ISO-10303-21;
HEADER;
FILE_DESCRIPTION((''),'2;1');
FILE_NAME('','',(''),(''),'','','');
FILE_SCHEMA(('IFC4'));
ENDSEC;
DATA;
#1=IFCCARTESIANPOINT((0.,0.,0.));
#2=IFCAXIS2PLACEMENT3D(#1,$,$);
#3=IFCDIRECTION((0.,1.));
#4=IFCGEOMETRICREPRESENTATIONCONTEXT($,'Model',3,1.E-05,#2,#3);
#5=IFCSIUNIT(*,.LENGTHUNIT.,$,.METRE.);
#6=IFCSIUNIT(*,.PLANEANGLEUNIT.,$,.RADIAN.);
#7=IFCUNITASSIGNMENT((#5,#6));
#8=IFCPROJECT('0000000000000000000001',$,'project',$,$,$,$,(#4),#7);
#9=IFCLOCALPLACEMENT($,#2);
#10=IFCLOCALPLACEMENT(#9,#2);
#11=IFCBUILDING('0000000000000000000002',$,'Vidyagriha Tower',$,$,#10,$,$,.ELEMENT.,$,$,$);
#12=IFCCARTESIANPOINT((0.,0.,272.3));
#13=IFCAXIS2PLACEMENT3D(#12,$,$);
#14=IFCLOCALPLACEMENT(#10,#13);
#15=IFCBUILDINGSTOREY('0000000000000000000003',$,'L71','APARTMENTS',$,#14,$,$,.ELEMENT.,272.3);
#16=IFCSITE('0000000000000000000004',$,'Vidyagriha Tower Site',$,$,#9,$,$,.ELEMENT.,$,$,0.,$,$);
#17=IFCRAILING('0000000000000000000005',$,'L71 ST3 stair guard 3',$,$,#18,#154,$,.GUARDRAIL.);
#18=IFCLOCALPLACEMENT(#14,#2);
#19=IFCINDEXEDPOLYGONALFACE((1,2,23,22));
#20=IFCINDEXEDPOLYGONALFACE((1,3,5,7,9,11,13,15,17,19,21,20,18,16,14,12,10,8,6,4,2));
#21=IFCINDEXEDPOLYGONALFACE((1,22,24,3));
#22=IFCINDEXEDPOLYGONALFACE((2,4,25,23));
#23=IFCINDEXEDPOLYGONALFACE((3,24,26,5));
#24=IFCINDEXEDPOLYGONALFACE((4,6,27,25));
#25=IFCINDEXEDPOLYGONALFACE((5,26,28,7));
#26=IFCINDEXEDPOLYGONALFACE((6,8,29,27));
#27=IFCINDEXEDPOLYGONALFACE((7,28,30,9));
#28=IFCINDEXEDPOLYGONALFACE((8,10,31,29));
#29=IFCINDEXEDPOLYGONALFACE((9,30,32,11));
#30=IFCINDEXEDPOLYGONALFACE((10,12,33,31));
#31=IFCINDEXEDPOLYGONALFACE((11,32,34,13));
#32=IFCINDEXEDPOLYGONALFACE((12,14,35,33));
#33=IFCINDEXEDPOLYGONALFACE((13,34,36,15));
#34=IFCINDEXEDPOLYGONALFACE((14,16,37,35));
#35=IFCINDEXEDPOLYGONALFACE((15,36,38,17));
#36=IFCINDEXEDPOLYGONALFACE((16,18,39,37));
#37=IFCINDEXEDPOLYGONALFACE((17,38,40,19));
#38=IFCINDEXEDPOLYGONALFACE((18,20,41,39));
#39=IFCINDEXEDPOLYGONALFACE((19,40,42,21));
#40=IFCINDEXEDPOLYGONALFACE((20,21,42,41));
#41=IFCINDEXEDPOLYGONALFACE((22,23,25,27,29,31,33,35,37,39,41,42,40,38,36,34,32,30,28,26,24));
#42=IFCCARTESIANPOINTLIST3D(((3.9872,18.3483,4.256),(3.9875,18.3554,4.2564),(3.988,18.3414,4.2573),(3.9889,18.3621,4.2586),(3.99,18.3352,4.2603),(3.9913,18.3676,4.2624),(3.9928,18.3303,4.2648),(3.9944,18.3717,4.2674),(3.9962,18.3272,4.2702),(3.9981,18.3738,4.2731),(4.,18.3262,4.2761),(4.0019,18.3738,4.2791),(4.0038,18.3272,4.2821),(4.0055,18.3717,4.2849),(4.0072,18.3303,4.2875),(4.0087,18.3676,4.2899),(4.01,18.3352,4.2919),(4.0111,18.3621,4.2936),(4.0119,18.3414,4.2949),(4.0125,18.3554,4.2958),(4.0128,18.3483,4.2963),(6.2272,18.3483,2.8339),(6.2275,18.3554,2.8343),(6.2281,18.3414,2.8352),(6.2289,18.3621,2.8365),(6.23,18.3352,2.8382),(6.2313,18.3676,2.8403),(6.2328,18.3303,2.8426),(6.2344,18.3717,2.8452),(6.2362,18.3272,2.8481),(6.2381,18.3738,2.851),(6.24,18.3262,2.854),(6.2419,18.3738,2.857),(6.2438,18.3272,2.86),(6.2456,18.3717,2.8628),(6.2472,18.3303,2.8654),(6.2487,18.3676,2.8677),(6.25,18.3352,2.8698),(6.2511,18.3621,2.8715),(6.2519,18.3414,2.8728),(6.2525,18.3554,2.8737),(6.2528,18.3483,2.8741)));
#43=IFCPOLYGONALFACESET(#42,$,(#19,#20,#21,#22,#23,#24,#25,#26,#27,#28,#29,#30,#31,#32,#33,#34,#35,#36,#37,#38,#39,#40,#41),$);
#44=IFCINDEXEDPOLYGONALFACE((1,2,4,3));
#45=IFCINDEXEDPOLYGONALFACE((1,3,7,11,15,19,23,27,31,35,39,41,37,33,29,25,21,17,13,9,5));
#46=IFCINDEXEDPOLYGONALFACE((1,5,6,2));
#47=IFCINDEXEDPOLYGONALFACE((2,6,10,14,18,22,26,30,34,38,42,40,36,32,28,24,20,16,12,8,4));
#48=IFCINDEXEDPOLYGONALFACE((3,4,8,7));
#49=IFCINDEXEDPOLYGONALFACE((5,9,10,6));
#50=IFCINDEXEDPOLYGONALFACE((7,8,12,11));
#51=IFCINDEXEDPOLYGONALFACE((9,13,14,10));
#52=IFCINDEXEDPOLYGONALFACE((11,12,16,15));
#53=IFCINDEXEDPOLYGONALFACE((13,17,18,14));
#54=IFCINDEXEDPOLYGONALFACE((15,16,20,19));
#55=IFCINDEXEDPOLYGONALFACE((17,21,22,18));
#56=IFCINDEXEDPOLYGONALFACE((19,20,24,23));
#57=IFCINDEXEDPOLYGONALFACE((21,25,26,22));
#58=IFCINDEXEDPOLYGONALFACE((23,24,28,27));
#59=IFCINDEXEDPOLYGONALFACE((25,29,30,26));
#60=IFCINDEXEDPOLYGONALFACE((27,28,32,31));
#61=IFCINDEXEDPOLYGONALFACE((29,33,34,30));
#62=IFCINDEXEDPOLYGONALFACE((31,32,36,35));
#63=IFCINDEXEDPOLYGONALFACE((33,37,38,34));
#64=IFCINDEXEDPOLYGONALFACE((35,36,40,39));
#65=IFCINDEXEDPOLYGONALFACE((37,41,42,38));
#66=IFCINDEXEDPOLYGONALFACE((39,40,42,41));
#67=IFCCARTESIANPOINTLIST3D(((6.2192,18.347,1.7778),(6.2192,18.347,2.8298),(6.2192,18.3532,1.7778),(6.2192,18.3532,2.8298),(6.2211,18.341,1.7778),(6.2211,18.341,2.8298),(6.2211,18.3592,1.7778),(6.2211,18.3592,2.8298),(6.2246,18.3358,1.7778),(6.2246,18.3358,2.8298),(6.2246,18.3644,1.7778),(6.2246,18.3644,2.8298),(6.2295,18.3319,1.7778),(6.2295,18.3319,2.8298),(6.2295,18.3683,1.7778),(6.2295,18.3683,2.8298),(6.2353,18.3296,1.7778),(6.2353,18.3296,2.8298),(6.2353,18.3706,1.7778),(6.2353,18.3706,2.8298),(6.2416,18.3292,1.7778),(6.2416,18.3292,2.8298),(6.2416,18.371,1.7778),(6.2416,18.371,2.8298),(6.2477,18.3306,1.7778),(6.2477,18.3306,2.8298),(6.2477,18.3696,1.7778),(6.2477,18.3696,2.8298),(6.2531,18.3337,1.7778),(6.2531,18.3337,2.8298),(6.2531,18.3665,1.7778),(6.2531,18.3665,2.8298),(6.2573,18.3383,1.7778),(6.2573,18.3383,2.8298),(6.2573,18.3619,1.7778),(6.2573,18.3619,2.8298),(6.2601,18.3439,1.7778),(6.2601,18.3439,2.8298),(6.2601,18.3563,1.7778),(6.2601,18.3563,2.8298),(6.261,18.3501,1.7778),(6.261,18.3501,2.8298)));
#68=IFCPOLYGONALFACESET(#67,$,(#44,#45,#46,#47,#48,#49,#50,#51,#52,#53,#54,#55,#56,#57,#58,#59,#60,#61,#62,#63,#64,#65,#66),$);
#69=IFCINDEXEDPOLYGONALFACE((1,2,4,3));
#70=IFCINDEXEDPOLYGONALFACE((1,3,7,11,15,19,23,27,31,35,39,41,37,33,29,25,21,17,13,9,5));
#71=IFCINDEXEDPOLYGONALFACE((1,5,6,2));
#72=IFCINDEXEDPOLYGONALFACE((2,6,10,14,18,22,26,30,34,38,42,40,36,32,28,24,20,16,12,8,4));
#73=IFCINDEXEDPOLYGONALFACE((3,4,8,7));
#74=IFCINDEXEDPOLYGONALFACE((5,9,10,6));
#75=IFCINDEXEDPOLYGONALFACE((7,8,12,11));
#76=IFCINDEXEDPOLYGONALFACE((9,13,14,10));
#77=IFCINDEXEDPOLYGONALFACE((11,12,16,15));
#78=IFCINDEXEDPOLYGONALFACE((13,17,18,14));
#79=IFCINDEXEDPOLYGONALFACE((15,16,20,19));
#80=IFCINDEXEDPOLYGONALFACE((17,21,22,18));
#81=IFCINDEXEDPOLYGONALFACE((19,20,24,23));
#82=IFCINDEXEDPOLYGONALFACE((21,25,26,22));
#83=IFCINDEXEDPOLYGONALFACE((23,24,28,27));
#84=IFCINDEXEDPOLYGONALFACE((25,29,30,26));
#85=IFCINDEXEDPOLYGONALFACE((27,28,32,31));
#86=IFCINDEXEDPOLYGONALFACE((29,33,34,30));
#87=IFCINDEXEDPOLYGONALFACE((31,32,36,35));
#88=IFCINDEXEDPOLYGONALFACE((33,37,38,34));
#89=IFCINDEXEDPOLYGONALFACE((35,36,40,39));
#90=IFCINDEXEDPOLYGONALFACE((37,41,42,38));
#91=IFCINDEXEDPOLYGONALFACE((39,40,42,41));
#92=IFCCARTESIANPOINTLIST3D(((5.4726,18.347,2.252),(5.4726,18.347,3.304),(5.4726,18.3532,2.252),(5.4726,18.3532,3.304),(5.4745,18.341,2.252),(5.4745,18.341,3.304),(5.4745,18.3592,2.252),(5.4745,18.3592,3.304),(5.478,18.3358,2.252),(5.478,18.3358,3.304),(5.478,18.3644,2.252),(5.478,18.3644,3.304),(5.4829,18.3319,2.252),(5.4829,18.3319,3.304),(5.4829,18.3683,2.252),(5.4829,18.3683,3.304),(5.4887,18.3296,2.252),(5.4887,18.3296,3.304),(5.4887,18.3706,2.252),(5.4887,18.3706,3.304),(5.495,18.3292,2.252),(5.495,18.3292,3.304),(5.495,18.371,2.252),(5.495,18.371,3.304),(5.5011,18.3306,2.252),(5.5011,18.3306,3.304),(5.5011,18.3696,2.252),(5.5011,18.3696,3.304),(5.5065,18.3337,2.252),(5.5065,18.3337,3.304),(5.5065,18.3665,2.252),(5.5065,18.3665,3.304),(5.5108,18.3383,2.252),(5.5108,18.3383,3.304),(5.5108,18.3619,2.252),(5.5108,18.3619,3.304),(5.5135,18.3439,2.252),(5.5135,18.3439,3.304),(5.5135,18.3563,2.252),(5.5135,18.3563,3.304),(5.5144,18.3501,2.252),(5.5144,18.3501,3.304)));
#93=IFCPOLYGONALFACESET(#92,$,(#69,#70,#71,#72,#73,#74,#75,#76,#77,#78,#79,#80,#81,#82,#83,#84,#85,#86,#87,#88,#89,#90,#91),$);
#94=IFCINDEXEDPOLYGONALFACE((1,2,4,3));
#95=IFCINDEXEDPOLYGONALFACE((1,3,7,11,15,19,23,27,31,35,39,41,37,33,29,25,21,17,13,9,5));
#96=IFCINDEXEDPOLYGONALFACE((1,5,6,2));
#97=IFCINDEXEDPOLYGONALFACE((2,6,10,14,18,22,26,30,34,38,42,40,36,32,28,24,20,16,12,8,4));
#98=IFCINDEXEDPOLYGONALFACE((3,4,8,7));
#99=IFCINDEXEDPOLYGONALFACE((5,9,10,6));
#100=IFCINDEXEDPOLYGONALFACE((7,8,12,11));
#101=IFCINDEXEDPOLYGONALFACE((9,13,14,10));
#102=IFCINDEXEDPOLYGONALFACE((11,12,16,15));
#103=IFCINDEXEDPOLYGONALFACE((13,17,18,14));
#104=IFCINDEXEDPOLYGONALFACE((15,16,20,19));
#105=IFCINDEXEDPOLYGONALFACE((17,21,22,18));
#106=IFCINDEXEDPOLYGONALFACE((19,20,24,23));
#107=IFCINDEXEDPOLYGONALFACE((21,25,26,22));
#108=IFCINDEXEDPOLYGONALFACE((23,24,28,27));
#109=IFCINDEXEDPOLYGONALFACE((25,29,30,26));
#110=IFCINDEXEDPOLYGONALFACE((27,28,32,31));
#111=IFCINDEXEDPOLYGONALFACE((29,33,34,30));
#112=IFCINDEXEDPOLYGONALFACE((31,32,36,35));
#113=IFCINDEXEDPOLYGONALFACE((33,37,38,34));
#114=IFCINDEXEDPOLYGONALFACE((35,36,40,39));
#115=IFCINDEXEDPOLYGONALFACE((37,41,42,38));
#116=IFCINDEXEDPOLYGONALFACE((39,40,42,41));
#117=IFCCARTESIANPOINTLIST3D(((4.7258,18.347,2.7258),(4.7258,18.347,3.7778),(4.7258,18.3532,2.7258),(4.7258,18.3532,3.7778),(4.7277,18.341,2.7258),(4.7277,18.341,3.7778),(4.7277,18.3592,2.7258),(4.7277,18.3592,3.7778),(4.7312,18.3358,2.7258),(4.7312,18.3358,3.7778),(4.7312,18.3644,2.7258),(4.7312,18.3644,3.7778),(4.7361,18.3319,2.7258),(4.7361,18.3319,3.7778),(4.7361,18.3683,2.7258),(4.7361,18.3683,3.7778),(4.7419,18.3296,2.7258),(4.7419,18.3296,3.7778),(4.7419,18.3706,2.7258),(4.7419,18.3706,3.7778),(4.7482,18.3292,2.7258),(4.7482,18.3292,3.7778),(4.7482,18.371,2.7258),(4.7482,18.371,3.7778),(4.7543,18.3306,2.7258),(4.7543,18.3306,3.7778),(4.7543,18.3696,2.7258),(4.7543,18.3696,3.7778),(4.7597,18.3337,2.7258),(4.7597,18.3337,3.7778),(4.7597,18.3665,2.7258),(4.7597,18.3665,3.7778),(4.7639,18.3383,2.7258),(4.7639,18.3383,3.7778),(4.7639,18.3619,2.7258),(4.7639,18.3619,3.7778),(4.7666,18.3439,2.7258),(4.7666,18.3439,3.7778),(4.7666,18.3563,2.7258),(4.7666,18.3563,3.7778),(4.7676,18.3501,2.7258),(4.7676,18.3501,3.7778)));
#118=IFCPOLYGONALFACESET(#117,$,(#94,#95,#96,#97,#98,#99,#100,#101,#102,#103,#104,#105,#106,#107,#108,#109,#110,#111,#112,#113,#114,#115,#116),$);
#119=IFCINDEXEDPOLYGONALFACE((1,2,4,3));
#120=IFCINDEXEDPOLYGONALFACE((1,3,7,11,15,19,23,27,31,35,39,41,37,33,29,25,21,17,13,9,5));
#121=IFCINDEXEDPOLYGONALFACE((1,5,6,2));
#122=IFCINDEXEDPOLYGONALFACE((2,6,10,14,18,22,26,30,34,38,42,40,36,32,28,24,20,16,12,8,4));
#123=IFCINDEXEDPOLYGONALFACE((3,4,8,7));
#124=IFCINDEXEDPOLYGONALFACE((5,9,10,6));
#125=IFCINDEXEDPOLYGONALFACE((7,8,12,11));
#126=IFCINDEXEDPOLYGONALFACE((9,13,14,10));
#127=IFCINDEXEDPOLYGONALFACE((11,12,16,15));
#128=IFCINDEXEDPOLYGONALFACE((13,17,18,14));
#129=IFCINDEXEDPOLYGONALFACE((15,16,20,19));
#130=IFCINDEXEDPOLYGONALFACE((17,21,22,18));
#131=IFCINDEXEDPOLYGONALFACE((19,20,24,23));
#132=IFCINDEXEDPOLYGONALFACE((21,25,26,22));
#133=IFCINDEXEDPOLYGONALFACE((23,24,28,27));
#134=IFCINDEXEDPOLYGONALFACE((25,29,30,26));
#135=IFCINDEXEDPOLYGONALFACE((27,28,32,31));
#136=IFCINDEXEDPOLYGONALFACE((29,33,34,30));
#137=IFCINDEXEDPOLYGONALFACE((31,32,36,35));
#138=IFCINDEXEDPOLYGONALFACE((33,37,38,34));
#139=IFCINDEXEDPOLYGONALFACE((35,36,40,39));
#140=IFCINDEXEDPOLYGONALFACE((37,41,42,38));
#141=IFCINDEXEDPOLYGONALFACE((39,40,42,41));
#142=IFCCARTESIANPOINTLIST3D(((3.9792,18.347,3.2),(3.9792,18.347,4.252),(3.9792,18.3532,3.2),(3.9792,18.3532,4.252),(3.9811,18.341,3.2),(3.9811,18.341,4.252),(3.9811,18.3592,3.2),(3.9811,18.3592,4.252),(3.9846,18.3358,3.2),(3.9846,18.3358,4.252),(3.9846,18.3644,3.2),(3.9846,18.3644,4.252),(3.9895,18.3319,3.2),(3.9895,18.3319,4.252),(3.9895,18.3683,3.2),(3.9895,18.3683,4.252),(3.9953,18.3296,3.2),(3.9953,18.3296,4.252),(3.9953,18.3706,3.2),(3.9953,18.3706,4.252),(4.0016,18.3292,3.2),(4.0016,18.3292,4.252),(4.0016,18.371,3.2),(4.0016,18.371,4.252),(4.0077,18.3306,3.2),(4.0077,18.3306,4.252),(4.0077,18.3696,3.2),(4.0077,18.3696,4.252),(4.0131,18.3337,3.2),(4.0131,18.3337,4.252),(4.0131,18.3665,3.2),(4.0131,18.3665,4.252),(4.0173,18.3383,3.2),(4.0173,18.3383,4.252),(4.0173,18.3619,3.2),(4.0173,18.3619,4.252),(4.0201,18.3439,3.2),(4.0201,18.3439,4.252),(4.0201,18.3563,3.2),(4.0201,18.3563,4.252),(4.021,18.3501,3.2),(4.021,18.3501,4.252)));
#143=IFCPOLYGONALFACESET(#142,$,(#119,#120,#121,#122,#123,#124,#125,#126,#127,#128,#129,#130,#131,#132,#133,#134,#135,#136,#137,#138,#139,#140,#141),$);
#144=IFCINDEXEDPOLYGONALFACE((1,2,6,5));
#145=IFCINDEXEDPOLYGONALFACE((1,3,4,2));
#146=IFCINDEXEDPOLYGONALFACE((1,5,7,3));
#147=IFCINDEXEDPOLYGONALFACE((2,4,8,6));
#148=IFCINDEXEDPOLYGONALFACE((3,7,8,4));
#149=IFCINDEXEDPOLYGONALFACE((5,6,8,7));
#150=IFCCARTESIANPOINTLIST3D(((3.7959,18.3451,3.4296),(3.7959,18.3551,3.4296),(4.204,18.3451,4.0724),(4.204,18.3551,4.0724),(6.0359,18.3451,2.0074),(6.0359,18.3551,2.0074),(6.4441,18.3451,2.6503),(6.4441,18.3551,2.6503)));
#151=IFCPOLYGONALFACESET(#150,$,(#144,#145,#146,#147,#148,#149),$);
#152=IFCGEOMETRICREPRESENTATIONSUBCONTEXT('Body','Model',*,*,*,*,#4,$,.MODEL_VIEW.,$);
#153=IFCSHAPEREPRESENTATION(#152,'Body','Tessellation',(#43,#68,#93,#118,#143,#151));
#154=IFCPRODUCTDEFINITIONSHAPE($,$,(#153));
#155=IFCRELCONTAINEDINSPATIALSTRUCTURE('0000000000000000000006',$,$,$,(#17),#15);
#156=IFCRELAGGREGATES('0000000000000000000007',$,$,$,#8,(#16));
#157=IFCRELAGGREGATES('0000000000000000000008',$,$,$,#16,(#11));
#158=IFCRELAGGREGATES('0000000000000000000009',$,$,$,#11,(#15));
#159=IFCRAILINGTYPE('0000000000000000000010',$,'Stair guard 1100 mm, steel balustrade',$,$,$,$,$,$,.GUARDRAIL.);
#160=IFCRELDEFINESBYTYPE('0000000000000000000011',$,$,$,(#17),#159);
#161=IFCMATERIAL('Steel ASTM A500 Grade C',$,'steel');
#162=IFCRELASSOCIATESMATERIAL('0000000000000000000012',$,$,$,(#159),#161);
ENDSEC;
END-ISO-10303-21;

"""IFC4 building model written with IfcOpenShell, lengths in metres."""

from ifc_helpers import new_model, si_unit, direction, frame, origin, origin_2d, place, context, subcontext, project, spatial, rectangle, circle, extrude, material, type_object, element, save


model = new_model("IFC4")

# Units and contexts
model_context = context("Model", 3, precision=1e-05, world=origin(), true_north=direction((0.0, 1.0)))
body_context = subcontext(model_context, "Body", "Model", "MODEL_VIEW")
ifc_project = project(units=[si_unit("LENGTHUNIT", "METRE"), si_unit("PLANEANGLEUNIT", "RADIAN")], contexts=[model_context])

# Site, building, storey
site_placement = place(None, origin())
site = spatial("IfcSite", under=ifc_project, at=site_placement, Name="Vidyagriha Tower Site", CompositionType="ELEMENT", RefElevation=0.0)
building_placement = place(site_placement, origin())
building = spatial("IfcBuilding", under=site, at=building_placement, Name="Vidyagriha Tower", CompositionType="ELEMENT")
storey_placement = place(building_placement, frame((0.0, 0.0, 272.3)))
storey = spatial("IfcBuildingStorey", under=building, at=storey_placement, Name="L71", Description="APARTMENTS", CompositionType="ELEMENT", Elevation=272.3)

# Railing
ifc_material_1 = material(Name="Steel ASTM A500 Grade C", Category="steel")
railing_type_1 = type_object("IfcRailingType", Name="Stair guard 1100 mm, steel balustrade", PredefinedType="GUARDRAIL", material=ifc_material_1)
railing_1_placement = place(storey_placement, frame((6.24, 18.3501, 1.7778)))
element("IfcRailing", 1, at=railing_1_placement, inside=storey, type_object=railing_type_1, Name="L71 ST3 stair guard 3", PredefinedType="GUARDRAIL", context=body_context, shape_type="SweptSolid", body=[
    extrude(circle(Radius=0.0239, at=origin_2d()), frame((0.0, 0.0, 1.0762), z_axis=(-0.844229, 0.0, 0.535982), x_axis=(0.0, -1.0, 0.0)), (0.0, 0.0, 1.0), 2.6533),
    extrude(circle(Radius=0.021, at=origin_2d()), origin(), (0.0, 0.0, 1.0), 1.052),
    extrude(circle(Radius=0.021, at=origin_2d()), frame((-0.7466, 0.0, 0.4741)), (0.0, 0.0, 1.0), 1.052),
    extrude(circle(Radius=0.021, at=origin_2d()), frame((-1.4934, 0.0, 0.948)), (0.0, 0.0, 1.0), 1.052),
    extrude(circle(Radius=0.021, at=origin_2d()), frame((-2.24, 0.0, 1.4221)), (0.0, 0.0, 1.0), 1.052),
    extrude(rectangle(XDim=0.01, YDim=0.7615, at=origin_2d()), frame((0.0, 0.0, 0.551), z_axis=(-0.844229, 0.0, 0.535982), x_axis=(0.0, -1.0, 0.0)), (0.0, 0.0, 1.0), 2.6533),
])

save(model, "model.ifc")
